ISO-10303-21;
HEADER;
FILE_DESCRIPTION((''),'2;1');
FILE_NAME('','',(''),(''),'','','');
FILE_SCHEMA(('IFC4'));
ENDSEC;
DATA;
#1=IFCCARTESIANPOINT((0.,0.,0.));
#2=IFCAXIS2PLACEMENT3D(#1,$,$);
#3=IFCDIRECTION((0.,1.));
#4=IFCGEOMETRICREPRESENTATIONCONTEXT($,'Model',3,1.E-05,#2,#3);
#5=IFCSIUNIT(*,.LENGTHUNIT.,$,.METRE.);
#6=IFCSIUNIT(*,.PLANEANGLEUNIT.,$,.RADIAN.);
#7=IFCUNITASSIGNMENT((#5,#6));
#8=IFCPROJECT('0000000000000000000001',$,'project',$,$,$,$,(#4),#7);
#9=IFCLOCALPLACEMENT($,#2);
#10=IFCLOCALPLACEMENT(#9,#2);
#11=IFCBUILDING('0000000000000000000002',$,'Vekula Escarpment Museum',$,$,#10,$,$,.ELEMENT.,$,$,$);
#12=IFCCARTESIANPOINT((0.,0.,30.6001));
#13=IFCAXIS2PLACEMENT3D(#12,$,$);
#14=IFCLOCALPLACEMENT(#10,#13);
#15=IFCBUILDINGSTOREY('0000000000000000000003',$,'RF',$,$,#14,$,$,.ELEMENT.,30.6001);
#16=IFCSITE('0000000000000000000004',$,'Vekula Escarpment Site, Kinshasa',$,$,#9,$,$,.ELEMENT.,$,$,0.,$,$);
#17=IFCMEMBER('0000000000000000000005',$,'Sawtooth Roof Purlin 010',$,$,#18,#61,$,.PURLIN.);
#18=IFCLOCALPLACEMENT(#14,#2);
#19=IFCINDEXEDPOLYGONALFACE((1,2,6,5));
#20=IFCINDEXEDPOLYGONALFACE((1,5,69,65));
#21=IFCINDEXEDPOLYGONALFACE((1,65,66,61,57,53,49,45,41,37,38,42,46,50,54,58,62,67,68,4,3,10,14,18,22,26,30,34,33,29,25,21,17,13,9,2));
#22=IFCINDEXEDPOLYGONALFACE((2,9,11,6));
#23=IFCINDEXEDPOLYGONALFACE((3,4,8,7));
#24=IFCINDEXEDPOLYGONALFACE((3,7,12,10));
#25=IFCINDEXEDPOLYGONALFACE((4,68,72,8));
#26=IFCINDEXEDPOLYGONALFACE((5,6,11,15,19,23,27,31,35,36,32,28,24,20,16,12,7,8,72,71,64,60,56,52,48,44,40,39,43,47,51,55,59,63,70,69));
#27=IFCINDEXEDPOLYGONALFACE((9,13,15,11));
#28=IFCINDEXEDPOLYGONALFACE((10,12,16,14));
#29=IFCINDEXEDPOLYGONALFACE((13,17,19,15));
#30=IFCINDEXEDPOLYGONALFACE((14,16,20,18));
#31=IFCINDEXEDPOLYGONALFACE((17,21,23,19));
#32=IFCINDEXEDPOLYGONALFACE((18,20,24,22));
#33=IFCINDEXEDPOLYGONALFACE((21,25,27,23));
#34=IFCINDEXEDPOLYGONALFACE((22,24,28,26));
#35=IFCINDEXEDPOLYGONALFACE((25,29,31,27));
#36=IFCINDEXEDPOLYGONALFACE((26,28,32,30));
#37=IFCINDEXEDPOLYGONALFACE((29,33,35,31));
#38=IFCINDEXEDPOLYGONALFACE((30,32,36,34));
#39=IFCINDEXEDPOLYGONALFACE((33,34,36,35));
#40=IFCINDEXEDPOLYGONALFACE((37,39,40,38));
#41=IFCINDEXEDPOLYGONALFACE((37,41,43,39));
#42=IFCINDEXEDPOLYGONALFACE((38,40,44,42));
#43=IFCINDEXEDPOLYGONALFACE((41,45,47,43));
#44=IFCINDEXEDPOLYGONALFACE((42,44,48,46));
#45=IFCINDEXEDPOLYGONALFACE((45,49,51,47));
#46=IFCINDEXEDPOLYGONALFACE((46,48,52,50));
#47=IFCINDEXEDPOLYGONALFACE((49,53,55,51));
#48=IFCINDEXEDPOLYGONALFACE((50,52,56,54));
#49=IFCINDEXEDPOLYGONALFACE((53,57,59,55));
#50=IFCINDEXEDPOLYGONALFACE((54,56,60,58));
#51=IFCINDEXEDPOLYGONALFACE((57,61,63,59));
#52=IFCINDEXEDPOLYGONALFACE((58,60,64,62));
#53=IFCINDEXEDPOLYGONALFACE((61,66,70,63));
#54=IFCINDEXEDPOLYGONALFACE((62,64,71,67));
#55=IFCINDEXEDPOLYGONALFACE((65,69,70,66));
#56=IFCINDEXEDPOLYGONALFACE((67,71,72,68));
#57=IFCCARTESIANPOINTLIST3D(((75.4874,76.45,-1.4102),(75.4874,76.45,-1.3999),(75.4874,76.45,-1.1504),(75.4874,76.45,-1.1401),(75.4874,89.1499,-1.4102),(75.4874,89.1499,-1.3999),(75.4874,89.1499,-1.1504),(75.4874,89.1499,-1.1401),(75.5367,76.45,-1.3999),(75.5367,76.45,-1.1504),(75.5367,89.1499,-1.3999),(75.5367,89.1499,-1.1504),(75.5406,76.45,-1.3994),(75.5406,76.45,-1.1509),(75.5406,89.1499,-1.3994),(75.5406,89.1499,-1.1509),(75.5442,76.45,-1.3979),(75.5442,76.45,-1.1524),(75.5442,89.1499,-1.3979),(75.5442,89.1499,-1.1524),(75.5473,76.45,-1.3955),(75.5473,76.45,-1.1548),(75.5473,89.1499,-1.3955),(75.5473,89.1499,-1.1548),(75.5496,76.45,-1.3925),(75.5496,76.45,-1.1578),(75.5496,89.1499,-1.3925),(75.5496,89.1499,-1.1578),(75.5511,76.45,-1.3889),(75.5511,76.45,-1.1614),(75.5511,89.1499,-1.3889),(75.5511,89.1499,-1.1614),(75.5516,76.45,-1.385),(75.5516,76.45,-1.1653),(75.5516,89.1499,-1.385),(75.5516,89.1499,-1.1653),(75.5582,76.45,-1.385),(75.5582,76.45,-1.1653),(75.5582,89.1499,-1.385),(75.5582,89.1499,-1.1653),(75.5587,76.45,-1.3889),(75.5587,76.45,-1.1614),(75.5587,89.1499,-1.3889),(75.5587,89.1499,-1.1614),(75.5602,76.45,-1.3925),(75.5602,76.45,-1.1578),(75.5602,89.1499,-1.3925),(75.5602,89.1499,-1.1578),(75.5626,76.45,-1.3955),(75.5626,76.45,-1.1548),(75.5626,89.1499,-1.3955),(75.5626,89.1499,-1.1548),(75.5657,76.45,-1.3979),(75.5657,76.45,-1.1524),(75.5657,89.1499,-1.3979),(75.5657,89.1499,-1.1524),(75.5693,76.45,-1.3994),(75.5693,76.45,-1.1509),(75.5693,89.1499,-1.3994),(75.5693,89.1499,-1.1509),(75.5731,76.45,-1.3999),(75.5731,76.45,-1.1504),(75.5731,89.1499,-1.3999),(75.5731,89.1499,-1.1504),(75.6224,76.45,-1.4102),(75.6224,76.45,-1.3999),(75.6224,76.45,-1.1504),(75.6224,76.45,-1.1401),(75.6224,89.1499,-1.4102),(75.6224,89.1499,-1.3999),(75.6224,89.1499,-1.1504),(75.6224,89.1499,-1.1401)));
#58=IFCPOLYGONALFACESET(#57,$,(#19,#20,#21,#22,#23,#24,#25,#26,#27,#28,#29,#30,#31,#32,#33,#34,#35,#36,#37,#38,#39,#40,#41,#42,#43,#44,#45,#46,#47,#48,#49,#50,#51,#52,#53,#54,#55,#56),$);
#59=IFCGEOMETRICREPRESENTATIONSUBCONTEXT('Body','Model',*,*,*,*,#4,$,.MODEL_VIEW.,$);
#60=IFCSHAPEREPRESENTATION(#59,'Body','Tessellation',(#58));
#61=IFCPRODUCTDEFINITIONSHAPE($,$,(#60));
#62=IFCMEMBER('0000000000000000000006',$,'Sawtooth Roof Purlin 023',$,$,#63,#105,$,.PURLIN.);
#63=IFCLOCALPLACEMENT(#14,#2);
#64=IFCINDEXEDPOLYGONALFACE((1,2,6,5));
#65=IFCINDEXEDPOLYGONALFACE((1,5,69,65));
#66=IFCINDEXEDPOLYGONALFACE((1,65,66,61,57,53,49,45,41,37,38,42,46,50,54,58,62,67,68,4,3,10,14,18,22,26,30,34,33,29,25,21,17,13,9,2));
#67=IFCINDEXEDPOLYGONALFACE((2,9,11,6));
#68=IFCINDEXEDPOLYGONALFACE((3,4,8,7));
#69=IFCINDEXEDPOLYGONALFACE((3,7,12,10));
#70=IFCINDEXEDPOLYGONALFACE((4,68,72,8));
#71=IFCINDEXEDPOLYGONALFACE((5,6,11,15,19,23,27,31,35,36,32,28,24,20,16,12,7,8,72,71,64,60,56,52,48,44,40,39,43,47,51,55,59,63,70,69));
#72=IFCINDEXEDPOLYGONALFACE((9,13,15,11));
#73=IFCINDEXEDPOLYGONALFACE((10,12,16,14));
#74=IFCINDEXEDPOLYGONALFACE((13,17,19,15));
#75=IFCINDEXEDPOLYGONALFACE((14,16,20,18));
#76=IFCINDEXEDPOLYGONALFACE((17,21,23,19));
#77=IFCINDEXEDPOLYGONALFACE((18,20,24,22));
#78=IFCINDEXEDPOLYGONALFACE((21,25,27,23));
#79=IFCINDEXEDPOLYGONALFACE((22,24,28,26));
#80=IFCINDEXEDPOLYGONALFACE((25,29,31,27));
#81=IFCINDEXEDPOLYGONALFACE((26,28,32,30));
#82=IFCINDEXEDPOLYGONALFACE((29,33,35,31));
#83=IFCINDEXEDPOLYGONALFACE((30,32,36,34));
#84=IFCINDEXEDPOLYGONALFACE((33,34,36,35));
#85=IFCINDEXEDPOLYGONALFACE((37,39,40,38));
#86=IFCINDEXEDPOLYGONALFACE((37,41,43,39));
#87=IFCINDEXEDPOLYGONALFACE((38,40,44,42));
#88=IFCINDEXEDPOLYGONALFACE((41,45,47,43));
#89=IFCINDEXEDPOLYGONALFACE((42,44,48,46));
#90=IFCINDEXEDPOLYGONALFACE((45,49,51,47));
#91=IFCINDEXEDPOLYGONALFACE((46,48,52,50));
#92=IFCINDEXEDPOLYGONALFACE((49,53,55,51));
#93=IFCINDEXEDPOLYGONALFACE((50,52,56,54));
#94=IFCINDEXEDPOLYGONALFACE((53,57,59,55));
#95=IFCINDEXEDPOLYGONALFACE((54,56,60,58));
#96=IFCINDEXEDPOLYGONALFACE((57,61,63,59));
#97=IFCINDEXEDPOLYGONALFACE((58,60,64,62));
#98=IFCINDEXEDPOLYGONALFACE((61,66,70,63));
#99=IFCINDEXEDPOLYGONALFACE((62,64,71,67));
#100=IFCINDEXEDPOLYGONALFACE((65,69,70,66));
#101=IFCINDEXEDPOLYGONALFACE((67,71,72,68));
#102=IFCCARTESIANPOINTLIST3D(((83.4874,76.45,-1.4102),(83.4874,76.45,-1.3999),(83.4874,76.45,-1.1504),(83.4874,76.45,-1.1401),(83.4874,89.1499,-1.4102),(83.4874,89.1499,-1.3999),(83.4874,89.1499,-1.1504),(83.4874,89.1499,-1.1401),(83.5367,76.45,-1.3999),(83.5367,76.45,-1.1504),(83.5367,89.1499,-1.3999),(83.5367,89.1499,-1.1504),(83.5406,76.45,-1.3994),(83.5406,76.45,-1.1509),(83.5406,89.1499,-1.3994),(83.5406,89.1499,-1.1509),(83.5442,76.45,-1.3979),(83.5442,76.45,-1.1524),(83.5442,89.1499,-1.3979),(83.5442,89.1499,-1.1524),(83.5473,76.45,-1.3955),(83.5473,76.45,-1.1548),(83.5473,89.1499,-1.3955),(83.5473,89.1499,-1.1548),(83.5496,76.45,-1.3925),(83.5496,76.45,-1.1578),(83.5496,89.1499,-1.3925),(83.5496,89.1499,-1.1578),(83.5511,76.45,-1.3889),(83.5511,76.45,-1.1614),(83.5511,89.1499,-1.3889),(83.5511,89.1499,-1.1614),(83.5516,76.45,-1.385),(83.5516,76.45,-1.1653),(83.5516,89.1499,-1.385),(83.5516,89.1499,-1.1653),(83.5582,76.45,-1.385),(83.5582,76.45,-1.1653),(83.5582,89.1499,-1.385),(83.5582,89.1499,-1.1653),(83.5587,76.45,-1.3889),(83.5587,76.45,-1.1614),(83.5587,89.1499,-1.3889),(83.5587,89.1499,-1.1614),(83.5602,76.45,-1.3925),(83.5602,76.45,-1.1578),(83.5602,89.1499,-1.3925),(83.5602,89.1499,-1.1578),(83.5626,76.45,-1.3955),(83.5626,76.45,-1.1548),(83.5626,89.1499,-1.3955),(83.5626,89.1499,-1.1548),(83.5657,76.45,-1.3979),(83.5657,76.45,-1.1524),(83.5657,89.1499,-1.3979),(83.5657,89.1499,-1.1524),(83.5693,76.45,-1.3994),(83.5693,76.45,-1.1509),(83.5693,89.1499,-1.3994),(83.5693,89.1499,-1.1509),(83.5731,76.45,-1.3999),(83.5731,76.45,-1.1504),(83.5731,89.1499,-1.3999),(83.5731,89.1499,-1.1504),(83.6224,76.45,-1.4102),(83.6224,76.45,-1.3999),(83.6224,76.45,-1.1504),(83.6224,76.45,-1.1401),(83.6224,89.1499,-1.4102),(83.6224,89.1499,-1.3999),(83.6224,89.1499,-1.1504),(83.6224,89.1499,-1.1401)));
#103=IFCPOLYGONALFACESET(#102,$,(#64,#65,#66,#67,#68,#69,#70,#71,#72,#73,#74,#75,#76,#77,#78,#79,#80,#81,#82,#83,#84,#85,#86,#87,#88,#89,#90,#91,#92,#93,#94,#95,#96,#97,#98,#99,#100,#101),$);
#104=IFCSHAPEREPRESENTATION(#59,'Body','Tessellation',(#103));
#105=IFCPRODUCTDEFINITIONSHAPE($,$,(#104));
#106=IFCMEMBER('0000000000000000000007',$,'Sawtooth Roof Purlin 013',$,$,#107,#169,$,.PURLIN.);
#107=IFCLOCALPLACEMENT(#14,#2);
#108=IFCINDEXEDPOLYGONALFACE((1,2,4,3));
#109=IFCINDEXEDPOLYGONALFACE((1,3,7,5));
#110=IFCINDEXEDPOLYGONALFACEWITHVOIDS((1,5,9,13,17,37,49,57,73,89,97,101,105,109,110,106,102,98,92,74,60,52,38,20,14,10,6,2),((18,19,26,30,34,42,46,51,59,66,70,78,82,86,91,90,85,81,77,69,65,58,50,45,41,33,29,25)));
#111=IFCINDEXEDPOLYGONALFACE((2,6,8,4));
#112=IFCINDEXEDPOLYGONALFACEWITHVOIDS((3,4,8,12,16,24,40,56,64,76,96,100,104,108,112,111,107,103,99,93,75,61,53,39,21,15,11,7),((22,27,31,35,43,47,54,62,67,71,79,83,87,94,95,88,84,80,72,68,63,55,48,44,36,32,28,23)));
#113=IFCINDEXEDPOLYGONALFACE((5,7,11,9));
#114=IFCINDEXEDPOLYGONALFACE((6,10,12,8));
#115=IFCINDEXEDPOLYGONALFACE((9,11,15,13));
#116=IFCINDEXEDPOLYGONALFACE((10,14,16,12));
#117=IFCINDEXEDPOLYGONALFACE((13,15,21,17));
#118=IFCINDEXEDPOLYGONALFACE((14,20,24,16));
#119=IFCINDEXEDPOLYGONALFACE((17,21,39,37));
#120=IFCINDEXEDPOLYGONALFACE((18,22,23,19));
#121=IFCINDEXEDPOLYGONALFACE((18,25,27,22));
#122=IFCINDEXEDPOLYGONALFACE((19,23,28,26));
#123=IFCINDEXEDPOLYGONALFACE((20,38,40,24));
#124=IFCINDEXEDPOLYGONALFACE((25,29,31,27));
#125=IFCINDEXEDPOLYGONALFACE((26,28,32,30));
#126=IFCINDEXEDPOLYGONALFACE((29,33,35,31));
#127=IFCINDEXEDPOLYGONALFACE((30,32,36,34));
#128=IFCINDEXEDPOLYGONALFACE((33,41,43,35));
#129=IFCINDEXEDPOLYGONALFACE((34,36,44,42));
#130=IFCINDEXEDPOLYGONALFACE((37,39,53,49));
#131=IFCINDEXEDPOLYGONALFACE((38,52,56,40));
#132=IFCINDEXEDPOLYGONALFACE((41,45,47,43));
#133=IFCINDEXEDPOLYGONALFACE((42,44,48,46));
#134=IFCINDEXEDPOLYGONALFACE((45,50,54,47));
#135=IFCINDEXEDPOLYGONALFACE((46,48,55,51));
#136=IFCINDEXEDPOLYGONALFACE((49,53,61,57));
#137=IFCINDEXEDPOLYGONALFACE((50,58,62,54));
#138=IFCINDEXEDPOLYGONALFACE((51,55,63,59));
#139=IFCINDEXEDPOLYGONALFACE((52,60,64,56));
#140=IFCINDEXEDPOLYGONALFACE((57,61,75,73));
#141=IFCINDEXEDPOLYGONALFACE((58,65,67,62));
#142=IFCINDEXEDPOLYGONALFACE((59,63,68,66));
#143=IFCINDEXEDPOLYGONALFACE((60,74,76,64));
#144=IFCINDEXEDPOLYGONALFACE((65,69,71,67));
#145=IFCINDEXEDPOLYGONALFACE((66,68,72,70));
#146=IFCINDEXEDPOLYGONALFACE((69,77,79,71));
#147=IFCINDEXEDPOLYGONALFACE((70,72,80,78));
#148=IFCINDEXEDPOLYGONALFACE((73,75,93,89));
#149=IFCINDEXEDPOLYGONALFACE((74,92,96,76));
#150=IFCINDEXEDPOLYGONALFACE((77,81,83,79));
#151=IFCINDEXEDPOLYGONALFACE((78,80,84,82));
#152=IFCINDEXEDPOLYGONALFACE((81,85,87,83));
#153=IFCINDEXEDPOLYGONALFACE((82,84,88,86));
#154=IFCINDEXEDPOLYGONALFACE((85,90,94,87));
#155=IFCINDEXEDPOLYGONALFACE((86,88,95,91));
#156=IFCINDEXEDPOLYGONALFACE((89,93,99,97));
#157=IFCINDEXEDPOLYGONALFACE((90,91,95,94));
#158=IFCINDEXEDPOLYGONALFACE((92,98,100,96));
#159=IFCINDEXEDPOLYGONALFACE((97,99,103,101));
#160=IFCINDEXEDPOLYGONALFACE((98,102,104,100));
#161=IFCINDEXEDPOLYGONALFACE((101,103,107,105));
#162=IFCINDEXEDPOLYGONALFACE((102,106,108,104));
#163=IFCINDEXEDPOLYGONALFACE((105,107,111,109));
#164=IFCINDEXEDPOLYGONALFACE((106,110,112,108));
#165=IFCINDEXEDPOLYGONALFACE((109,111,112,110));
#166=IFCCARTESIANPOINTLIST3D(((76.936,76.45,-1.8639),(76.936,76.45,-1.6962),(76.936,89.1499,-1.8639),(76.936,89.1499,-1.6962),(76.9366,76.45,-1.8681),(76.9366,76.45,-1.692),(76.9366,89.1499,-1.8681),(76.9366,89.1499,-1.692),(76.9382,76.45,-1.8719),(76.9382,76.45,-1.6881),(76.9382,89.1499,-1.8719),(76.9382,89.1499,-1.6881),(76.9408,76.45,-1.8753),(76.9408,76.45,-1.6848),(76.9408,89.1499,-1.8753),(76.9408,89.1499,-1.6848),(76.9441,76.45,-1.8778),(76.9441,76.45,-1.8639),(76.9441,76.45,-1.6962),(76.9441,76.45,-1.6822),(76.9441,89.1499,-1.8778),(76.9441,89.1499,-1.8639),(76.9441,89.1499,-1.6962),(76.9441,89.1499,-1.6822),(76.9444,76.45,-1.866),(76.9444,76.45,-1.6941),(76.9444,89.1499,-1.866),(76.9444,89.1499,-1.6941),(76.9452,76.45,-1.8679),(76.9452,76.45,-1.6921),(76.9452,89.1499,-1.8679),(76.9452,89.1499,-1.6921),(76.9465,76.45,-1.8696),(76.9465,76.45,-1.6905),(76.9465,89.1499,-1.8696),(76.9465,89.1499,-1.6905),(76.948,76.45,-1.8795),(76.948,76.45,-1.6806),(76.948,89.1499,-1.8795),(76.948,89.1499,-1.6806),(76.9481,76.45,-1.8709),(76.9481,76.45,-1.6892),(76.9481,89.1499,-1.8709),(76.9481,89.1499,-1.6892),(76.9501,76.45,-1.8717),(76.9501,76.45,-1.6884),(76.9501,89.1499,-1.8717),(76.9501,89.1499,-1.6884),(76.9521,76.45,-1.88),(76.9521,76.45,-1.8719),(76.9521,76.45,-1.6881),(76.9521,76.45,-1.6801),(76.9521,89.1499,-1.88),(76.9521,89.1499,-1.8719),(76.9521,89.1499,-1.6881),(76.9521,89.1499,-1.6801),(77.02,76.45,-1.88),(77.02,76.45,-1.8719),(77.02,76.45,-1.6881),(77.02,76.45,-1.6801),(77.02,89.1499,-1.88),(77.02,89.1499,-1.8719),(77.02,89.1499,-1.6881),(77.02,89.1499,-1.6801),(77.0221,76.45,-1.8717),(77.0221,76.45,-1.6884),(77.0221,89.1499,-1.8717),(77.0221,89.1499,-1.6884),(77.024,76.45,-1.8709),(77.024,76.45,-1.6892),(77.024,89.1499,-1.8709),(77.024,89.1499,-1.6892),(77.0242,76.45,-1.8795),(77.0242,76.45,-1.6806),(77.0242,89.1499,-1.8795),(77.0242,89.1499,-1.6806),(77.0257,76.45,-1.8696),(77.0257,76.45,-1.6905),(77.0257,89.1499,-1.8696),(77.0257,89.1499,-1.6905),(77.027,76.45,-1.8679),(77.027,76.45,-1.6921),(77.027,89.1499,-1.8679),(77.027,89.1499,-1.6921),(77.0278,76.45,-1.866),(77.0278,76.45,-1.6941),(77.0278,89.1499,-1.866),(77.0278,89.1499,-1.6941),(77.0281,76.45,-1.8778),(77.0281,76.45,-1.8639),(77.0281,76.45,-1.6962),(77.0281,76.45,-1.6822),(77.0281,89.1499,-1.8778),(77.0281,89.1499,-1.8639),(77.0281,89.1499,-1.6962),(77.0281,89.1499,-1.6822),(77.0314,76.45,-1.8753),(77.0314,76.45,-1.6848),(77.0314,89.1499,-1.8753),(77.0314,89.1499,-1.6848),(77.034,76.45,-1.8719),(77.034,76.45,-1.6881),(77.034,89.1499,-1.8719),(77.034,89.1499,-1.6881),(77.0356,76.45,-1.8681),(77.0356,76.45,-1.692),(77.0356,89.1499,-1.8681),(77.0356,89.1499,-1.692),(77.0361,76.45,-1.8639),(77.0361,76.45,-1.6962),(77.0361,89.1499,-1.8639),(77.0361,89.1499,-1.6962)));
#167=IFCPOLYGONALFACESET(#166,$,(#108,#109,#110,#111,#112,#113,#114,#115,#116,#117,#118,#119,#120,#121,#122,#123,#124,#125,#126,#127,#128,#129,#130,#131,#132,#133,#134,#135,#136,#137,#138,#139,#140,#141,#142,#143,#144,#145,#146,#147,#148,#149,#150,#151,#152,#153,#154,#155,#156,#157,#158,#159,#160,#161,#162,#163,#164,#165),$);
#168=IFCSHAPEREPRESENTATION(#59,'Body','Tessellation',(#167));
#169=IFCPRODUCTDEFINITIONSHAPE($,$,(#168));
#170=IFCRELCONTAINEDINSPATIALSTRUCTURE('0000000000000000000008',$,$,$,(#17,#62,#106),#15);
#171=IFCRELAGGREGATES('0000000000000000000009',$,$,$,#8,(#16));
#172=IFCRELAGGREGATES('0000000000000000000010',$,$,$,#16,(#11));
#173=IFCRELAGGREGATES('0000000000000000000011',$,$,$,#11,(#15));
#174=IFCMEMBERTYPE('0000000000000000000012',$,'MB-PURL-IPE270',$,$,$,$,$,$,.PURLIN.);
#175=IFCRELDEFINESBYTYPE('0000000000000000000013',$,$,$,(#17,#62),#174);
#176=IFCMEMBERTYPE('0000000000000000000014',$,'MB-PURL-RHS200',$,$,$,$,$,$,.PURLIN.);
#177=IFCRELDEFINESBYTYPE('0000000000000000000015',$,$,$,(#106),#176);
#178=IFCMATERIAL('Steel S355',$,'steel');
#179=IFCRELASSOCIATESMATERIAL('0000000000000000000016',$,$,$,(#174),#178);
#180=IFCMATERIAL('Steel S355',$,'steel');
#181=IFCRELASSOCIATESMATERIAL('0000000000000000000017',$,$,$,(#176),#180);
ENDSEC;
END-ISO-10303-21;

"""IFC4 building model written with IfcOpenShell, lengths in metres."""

from ifc_helpers import new_model, si_unit, direction, frame, origin, origin_2d, place, context, subcontext, project, spatial, hollow_rectangle, i_section, extrude, material, material_profile, profile_set, type_object, element, save


model = new_model("IFC4")

# Units and contexts
model_context = context("Model", 3, precision=1e-05, world=origin(), true_north=direction((0.0, 1.0)))
body_context = subcontext(model_context, "Body", "Model", "MODEL_VIEW")
ifc_project = project(units=[si_unit("LENGTHUNIT", "METRE"), si_unit("PLANEANGLEUNIT", "RADIAN")], contexts=[model_context])

# Site, building, storey
site_placement = place(None, origin())
site = spatial("IfcSite", under=ifc_project, at=site_placement, Name="Vekula Escarpment Site, Kinshasa", CompositionType="ELEMENT", RefElevation=0.0)
building_placement = place(site_placement, origin())
building = spatial("IfcBuilding", under=site, at=building_placement, Name="Vekula Escarpment Museum", CompositionType="ELEMENT")
storey_placement = place(building_placement, frame((0.0, 0.0, 30.6001)))
storey = spatial("IfcBuildingStorey", under=building, at=storey_placement, Name="RF", CompositionType="ELEMENT", Elevation=30.6001)

# Members
ifc_material_1 = material(Name="Steel S355", Category="steel")
ifc_material_profile_1 = material_profile(ifc_material_1, i_section(OverallWidth=0.135, OverallDepth=0.27, WebThickness=0.0066, FlangeThickness=0.0103, FilletRadius=0.0149, at=origin_2d()), Name="IPE 270")
ifc_profile_set_1 = profile_set([ifc_material_profile_1], Name="Steel S355")
member_type_1 = type_object("IfcMemberType", Name="MB-PURL-IPE270", PredefinedType="PURLIN", material=ifc_profile_set_1)
for number, where, z_axis, x_axis, name in (
    (1, (75.5549, 76.45, -1.2751), (0.0, 1.0, 0.0), (-1.0, 0.0, 0.0), "Sawtooth Roof Purlin 010"),
    (2, (83.5549, 76.45, -1.2751), (0.0, 1.0, 0.0), (-1.0, 0.0, 0.0), "Sawtooth Roof Purlin 023"),
):
    element("IfcMember", number, at=place(storey_placement, frame(where, z_axis=z_axis, x_axis=x_axis)), inside=storey, type_object=member_type_1, Name=name, PredefinedType="PURLIN", context=body_context, shape_type="SweptSolid", body=[
        extrude(i_section(OverallWidth=0.135, OverallDepth=0.27, WebThickness=0.0066, FlangeThickness=0.0103, FilletRadius=0.0149, at=origin_2d()), origin(), (0.0, 0.0, 1.0), 12.7),
    ])
ifc_material_2 = material(Name="Steel S355", Category="steel")
ifc_material_profile_2 = material_profile(ifc_material_2, hollow_rectangle(XDim=0.1001, YDim=0.2, WallThickness=0.0081, InnerFilletRadius=0.0081, OuterFilletRadius=0.0161, at=origin_2d()), Name="RHS 200x100x8")
ifc_profile_set_2 = profile_set([ifc_material_profile_2], Name="Steel S355")
member_type_2 = type_object("IfcMemberType", Name="MB-PURL-RHS200", PredefinedType="PURLIN", material=ifc_profile_set_2)
for number, where, z_axis, x_axis, name in (
    (3, (76.9861, 76.45, -1.78), (0.0, 1.0, 0.0), (-1.0, 0.0, 0.0), "Sawtooth Roof Purlin 013"),
):
    element("IfcMember", number, at=place(storey_placement, frame(where, z_axis=z_axis, x_axis=x_axis)), inside=storey, type_object=member_type_2, Name=name, PredefinedType="PURLIN", context=body_context, shape_type="SweptSolid", body=[
        extrude(hollow_rectangle(XDim=0.1001, YDim=0.2, WallThickness=0.0081, InnerFilletRadius=0.0081, OuterFilletRadius=0.0161, at=origin_2d()), origin(), (0.0, 0.0, 1.0), 12.7),
    ])

save(model, "model.ifc")
